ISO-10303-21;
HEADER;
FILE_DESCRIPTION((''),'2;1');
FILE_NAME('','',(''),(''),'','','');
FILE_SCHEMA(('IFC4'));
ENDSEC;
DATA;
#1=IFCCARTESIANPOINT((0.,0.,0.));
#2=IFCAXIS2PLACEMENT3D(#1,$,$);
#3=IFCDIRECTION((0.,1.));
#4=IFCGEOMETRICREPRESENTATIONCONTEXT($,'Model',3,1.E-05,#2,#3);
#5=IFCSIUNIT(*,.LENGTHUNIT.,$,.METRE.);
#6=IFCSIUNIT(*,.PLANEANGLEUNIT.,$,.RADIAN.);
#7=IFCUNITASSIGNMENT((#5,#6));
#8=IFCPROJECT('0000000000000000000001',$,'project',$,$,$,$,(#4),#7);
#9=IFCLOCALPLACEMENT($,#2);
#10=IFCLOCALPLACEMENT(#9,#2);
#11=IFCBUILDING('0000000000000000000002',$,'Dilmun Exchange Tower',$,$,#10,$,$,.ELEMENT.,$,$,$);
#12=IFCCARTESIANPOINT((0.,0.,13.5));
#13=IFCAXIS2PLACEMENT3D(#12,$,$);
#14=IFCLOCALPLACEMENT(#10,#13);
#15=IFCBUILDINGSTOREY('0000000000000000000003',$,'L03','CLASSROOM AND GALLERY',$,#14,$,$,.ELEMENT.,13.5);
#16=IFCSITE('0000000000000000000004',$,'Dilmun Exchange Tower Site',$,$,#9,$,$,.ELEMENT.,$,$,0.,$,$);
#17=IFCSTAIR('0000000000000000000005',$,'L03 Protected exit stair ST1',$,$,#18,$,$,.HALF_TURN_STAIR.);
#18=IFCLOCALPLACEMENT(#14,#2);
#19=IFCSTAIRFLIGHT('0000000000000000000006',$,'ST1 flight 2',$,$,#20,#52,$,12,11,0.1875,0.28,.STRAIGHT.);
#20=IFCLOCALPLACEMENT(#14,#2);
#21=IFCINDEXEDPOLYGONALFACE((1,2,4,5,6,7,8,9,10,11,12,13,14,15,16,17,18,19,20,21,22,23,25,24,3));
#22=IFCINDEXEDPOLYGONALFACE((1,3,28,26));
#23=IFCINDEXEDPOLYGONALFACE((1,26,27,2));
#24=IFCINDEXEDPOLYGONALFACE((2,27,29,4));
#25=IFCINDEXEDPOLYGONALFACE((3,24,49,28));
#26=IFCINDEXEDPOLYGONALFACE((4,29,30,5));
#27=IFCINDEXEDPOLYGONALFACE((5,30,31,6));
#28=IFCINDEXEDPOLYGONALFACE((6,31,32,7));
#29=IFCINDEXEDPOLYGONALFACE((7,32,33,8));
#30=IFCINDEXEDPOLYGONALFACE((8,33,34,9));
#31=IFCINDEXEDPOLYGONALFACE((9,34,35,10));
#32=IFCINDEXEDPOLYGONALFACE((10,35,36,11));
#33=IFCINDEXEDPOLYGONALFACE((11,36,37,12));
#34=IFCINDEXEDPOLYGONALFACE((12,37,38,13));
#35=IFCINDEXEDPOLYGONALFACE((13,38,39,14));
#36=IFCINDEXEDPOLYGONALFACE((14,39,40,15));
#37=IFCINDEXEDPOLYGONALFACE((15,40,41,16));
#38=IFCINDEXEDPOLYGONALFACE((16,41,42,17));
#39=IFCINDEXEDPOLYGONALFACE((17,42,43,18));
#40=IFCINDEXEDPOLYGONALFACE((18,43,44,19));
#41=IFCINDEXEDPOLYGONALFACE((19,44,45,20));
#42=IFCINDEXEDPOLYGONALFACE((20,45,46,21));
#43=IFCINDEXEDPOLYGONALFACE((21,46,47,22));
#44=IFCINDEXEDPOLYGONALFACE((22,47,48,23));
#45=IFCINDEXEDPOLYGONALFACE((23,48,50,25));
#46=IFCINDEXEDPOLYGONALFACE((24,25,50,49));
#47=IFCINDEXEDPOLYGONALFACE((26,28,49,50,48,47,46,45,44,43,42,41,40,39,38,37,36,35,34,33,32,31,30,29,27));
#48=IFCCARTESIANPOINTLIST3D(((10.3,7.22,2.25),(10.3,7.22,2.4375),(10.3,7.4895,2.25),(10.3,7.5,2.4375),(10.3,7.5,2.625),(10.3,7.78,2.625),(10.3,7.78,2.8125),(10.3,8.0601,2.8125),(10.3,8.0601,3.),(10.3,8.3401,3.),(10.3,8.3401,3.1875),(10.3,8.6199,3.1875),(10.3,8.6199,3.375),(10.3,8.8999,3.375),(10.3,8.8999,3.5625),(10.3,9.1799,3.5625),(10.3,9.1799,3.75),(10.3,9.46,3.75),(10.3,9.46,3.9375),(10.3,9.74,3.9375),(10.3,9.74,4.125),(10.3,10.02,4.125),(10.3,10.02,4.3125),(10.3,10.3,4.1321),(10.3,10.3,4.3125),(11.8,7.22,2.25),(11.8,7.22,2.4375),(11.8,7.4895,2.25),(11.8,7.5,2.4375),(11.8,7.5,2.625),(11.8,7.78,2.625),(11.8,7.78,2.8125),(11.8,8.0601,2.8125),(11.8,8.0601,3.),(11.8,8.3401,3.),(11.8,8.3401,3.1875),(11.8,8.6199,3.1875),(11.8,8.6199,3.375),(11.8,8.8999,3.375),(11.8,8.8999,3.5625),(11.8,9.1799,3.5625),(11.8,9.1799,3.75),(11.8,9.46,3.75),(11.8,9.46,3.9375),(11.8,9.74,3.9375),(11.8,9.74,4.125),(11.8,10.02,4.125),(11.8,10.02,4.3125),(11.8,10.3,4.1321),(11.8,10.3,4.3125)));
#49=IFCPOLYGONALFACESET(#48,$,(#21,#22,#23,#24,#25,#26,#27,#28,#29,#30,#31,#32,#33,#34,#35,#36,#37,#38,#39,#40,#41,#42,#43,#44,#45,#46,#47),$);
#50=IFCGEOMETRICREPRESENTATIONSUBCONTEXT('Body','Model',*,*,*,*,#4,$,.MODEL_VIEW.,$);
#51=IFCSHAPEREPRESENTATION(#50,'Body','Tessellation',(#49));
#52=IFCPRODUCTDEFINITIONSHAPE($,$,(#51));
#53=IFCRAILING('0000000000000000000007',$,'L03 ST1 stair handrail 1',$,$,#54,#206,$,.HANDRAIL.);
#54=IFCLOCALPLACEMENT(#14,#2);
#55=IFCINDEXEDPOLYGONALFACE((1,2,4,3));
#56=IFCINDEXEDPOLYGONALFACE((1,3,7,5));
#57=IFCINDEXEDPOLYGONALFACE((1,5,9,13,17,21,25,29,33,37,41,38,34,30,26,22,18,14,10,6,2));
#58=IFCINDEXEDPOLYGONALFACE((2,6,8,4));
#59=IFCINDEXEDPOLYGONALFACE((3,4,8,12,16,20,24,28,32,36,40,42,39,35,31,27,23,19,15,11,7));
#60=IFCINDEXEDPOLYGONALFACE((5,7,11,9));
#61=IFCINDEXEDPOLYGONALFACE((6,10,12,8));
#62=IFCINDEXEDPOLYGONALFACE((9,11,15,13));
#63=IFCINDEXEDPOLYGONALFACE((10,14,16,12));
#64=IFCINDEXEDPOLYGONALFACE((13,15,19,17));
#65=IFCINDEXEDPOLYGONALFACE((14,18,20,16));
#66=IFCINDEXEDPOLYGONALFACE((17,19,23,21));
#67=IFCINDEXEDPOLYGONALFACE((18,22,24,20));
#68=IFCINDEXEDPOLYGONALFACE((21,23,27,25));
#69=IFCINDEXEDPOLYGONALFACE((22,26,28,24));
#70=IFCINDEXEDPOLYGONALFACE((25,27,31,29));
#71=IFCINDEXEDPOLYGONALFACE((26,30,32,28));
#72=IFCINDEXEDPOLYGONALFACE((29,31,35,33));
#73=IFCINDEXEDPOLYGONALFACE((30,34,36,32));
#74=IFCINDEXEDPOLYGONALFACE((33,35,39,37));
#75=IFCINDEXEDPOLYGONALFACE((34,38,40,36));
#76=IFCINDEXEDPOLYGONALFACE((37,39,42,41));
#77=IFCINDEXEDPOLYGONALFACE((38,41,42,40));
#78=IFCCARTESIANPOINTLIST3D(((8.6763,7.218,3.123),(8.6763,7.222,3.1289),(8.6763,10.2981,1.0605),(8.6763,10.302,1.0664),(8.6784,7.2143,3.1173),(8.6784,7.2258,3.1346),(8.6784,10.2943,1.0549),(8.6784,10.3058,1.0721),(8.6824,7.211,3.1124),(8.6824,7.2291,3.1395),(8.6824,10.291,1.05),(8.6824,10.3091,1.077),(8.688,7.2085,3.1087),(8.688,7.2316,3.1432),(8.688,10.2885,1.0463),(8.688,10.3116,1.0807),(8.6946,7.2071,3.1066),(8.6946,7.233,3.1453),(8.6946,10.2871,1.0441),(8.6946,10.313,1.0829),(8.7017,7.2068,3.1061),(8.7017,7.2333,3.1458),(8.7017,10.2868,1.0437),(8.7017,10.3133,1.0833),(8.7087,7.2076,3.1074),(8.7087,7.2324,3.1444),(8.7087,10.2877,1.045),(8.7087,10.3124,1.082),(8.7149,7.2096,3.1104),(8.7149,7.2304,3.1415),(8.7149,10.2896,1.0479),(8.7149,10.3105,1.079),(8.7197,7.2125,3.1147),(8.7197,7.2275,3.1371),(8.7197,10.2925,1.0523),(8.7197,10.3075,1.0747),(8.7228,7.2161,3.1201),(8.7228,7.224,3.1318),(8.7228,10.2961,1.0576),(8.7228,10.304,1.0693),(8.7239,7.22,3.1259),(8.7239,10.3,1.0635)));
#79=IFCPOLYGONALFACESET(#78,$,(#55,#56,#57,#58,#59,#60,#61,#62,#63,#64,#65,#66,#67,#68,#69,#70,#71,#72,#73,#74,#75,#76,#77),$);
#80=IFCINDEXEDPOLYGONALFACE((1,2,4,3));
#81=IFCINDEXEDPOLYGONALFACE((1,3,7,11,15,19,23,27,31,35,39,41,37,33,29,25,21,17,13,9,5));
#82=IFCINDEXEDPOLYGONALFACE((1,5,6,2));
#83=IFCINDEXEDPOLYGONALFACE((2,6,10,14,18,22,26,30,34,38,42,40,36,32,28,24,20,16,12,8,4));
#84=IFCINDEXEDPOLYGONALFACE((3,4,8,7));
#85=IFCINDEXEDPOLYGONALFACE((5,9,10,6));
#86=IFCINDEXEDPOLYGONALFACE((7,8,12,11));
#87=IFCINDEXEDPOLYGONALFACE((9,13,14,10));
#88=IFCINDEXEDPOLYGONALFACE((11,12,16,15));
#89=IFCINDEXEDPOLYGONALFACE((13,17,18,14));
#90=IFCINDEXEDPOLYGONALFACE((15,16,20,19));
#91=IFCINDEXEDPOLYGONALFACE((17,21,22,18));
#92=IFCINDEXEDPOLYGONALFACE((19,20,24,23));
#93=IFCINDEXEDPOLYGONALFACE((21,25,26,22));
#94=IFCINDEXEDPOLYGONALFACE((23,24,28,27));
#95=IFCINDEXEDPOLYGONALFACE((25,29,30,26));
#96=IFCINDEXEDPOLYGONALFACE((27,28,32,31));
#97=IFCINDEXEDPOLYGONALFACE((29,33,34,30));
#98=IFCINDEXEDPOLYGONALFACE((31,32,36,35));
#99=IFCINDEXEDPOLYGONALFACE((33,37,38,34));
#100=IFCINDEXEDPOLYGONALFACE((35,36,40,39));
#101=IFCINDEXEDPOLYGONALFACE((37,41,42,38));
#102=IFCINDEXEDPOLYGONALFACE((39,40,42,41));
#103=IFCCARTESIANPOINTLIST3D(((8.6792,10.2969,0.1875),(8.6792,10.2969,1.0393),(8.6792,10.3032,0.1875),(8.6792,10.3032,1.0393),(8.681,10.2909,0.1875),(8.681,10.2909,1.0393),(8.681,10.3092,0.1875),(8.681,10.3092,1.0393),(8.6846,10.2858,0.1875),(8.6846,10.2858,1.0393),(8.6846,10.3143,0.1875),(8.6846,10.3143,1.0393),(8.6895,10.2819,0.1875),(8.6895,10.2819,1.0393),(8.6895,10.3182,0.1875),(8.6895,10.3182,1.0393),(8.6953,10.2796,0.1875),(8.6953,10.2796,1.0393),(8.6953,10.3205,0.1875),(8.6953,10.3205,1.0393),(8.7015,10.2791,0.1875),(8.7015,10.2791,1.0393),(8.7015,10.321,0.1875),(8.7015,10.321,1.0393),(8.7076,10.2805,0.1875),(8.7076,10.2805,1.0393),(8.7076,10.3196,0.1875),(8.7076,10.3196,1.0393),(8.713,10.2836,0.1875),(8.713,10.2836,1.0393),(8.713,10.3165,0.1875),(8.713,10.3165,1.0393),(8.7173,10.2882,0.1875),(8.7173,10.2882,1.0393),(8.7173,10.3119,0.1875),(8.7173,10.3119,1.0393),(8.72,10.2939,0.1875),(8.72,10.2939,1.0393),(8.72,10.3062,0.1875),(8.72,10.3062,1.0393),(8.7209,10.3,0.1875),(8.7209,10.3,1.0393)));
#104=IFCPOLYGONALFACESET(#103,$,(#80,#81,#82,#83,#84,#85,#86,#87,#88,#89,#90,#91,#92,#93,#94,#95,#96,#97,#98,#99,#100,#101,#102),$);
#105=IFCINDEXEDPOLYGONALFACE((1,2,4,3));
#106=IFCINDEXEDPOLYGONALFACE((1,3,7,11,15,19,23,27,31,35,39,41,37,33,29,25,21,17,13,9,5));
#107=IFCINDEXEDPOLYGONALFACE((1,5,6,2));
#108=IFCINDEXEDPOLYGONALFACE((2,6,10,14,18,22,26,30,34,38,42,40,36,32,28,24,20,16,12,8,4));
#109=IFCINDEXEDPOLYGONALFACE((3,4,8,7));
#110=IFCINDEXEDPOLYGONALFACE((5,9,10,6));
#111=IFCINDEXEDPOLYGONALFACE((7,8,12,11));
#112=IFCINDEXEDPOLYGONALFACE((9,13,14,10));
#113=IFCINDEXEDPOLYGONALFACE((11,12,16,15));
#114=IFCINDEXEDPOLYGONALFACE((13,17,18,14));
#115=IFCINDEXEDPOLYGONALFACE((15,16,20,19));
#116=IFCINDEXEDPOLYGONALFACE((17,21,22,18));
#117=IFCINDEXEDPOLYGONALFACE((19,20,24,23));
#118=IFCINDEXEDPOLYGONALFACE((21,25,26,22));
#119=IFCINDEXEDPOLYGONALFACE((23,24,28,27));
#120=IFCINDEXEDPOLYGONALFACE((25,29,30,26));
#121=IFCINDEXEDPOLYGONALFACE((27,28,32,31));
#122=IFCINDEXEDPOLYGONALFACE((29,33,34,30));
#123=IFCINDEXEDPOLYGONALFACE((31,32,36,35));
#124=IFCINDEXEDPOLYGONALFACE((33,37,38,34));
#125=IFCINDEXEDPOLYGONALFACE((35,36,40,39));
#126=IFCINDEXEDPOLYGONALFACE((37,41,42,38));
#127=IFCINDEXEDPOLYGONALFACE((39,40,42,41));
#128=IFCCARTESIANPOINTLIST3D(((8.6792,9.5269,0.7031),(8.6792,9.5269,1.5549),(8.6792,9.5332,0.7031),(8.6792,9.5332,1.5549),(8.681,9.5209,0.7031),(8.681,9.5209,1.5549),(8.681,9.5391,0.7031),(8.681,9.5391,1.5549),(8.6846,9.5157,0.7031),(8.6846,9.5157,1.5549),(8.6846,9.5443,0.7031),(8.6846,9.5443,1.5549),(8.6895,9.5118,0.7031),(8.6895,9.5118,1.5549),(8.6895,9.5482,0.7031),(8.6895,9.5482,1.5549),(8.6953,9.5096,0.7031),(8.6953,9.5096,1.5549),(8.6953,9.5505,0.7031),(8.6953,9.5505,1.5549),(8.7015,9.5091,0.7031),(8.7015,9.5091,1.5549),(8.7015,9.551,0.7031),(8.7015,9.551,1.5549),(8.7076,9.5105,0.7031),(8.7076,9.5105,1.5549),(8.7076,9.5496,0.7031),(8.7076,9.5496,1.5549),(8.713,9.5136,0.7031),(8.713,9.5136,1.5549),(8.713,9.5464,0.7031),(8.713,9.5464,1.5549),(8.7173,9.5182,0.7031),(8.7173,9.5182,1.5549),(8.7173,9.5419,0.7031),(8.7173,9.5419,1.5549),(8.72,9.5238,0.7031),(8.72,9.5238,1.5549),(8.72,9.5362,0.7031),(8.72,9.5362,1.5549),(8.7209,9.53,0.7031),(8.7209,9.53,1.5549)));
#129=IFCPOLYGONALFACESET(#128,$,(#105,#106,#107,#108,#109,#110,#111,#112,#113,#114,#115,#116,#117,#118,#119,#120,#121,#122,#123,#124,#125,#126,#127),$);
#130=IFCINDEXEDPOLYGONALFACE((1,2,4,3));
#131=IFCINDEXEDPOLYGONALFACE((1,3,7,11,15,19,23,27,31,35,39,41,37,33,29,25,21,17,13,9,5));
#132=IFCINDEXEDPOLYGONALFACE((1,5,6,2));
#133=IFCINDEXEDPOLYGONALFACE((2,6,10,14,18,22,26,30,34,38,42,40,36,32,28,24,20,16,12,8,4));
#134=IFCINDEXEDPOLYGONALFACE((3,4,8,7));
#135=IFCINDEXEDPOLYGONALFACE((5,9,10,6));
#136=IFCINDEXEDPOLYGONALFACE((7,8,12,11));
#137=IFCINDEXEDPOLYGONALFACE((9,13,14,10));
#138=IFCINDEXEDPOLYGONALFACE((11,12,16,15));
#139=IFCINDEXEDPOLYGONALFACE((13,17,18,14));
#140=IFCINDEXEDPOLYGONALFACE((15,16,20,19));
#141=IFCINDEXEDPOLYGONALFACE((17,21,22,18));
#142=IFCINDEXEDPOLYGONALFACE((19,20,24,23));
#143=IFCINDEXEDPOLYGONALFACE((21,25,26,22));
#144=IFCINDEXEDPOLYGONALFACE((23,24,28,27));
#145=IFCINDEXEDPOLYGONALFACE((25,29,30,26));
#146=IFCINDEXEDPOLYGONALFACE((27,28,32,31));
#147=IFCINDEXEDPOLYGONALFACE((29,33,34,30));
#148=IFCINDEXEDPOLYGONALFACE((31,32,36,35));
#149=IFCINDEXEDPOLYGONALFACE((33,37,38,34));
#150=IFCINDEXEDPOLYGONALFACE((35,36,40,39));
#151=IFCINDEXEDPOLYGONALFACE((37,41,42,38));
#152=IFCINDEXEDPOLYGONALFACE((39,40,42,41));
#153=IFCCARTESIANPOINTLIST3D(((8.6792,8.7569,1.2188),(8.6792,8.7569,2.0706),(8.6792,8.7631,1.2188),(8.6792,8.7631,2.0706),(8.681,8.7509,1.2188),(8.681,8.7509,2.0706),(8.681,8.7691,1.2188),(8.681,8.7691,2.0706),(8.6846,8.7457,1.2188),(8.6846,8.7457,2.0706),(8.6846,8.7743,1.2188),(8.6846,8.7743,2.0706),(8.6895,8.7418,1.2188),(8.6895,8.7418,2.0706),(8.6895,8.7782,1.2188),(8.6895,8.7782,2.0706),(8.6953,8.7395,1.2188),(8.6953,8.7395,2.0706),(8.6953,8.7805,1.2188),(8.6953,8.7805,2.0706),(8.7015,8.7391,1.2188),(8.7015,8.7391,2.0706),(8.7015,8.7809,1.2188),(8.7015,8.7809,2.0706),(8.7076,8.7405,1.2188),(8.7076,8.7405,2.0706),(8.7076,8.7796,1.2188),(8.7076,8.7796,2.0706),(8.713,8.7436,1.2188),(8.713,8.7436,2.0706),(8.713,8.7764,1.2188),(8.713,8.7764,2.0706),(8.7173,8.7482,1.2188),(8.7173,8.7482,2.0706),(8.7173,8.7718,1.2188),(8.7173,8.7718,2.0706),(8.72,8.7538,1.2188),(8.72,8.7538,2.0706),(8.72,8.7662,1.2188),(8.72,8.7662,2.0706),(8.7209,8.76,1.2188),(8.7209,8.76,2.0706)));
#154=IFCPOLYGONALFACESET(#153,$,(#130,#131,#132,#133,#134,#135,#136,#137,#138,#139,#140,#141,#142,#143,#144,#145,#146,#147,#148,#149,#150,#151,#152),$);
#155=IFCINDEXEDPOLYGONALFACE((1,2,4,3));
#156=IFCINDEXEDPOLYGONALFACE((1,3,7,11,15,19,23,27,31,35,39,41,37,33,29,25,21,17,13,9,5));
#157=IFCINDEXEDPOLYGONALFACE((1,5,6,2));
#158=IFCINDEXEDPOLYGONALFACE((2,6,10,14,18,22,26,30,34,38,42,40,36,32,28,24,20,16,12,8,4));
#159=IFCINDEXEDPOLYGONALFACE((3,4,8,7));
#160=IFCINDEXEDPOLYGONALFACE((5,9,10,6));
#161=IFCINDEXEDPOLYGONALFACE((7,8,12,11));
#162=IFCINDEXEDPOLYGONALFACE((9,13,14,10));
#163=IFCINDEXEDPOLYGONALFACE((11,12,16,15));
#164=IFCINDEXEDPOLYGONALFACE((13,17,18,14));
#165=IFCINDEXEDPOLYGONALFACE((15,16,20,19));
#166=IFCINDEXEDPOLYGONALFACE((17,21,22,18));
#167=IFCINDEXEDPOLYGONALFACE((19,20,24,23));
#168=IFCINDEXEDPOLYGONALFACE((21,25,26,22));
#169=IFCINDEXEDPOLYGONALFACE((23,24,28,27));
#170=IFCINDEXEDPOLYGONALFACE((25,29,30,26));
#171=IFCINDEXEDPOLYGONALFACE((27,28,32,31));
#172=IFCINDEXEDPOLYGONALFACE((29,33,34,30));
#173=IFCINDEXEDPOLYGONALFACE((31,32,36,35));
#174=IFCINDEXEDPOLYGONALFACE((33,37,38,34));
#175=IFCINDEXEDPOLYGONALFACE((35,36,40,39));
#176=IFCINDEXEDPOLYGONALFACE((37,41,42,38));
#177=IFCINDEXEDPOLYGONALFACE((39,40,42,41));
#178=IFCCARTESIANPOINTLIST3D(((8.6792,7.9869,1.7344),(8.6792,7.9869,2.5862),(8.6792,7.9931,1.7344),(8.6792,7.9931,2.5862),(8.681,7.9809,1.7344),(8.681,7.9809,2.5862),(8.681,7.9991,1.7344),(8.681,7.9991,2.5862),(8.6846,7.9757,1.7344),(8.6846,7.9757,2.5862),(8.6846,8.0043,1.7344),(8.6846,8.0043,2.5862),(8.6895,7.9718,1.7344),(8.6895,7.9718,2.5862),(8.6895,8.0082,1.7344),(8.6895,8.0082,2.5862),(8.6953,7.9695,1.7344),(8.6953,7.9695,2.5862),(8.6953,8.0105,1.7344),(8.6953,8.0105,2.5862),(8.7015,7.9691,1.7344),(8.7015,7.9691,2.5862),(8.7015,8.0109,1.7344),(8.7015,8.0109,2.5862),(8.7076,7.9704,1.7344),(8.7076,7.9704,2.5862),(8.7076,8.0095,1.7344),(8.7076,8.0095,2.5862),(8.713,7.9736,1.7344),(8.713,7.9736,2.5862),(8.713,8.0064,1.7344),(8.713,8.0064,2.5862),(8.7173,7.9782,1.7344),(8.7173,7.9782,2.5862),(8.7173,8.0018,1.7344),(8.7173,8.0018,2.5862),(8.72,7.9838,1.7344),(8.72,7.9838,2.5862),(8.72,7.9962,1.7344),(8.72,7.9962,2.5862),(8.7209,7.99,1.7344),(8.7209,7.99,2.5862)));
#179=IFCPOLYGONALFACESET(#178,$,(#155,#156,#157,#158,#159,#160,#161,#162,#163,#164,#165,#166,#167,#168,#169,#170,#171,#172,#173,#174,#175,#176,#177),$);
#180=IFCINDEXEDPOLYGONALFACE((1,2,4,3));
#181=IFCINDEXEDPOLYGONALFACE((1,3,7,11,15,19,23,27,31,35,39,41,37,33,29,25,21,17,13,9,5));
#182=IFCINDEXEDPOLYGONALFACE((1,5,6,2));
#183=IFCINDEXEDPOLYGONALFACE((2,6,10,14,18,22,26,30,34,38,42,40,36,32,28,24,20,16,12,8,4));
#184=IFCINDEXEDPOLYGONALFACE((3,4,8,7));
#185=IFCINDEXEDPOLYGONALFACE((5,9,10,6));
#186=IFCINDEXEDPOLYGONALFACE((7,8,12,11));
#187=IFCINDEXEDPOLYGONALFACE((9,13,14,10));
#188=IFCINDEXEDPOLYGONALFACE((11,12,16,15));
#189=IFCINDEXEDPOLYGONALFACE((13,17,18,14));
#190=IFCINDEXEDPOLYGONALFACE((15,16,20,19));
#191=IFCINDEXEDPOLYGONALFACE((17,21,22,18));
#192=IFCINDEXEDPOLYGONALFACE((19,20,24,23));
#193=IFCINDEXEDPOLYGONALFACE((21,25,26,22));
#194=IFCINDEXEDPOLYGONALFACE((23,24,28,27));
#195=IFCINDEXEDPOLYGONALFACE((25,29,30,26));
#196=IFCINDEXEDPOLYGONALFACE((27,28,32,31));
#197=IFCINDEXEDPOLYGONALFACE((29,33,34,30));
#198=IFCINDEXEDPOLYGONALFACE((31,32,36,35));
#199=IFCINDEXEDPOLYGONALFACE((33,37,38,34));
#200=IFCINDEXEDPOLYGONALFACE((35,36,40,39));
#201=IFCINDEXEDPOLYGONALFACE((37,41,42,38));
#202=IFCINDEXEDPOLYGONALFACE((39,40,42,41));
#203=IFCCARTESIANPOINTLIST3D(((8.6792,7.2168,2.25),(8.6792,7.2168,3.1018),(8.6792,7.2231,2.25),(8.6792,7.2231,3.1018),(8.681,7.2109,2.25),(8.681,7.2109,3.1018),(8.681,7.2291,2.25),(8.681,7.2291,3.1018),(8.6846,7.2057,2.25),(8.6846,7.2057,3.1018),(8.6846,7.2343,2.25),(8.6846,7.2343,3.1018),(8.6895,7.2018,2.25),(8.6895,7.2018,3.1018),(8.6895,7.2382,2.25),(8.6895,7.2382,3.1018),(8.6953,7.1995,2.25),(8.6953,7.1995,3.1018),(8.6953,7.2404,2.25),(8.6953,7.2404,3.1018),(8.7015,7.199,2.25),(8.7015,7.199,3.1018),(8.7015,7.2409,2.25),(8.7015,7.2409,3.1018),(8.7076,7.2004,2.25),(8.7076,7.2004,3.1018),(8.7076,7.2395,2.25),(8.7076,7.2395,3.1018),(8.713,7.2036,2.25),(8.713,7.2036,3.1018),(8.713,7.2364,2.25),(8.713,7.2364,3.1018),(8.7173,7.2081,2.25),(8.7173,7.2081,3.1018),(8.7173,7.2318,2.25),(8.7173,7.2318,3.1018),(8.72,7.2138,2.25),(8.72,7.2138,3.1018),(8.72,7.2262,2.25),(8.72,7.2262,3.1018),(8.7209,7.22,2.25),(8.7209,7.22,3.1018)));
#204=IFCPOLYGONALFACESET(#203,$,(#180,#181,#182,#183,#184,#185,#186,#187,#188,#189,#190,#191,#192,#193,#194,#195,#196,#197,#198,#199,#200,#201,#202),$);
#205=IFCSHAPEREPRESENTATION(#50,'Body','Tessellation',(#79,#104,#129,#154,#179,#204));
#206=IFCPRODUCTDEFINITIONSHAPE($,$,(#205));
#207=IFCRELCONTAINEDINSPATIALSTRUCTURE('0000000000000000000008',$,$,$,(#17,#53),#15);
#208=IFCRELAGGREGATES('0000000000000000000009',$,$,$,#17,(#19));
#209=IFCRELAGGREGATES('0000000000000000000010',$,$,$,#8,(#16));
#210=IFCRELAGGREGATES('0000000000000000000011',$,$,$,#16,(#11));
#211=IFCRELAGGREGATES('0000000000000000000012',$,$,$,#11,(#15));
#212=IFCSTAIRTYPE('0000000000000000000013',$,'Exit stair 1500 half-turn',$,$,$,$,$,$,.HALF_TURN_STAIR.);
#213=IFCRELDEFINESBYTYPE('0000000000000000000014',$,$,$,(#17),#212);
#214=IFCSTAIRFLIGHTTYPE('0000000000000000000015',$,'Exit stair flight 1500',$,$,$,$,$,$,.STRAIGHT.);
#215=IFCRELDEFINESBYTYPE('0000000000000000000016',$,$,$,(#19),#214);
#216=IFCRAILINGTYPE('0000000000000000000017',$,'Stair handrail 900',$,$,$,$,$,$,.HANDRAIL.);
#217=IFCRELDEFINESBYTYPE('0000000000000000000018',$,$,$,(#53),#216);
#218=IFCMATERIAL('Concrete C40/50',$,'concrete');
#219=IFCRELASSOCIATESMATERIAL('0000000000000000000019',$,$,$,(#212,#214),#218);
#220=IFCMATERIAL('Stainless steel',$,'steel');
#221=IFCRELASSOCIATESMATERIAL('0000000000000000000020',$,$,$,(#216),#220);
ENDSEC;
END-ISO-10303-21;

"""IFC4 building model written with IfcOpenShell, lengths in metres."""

from ifc_helpers import new_model, si_unit, direction, frame, origin, origin_2d, place, context, subcontext, project, spatial, polyline, circle, outline, extrude, material, type_object, element, aggregate, save


model = new_model("IFC4")

# Units and contexts
model_context = context("Model", 3, precision=1e-05, world=origin(), true_north=direction((0.0, 1.0)))
body_context = subcontext(model_context, "Body", "Model", "MODEL_VIEW")
ifc_project = project(units=[si_unit("LENGTHUNIT", "METRE"), si_unit("PLANEANGLEUNIT", "RADIAN")], contexts=[model_context])

# Site, building, storey
site_placement = place(None, origin())
site = spatial("IfcSite", under=ifc_project, at=site_placement, Name="Dilmun Exchange Tower Site", CompositionType="ELEMENT", RefElevation=0.0)
building_placement = place(site_placement, origin())
building = spatial("IfcBuilding", under=site, at=building_placement, Name="Dilmun Exchange Tower", CompositionType="ELEMENT")
storey_placement = place(building_placement, frame((0.0, 0.0, 13.5)))
storey = spatial("IfcBuildingStorey", under=building, at=storey_placement, Name="L03", Description="CLASSROOM AND GALLERY", CompositionType="ELEMENT", Elevation=13.5)

# Shared definitions
ifc_material_1 = material(Name="Concrete C40/50", Category="concrete")

# Stair, stair flight
stair_type_1 = type_object("IfcStairType", Name="Exit stair 1500 half-turn", PredefinedType="HALF_TURN_STAIR", material=ifc_material_1)
stair_1_placement = place(storey_placement, origin())
stair_1 = element("IfcStair", 1, at=stair_1_placement, inside=storey, type_object=stair_type_1, Name="L03 Protected exit stair ST1", PredefinedType="HALF_TURN_STAIR")
stair_flight_type = type_object("IfcStairFlightType", Name="Exit stair flight 1500", PredefinedType="STRAIGHT", material=ifc_material_1)
stair_flight_1_placement = place(storey_placement, frame((11.05, 7.22, 2.25), z_axis=(0.0, 0.0, 1.0), x_axis=(0.0, 1.0, 0.0)))
stair_flight_1 = element("IfcStairFlight", 2, at=stair_flight_1_placement, type_object=stair_flight_type, Name="ST1 flight 2", NumberOfRisers=12, NumberOfTreads=11, PredefinedType="STRAIGHT", RiserHeight=0.1875, TreadLength=0.28, context=body_context, shape_type="SweptSolid", body=[
    extrude(outline(polyline([(0.0, 0.0), (0.0, 0.1875), (0.28, 0.1875), (0.28, 0.375), (0.5601, 0.375), (0.5601, 0.5625), (0.8401, 0.5625), (0.8401, 0.75), (1.1201, 0.75), (1.1201, 0.9375), (1.3999, 0.9375), (1.3999, 1.125), (1.6799, 1.125), (1.6799, 1.3125), (1.96, 1.3125), (1.96, 1.5), (2.24, 1.5), (2.24, 1.6875), (2.52, 1.6875), (2.52, 1.875), (2.8, 1.875), (2.8, 2.0625), (3.0801, 2.0625), (3.0801, 2.25), (3.0801, 1.8821), (0.2695, 0.0), (0.0, 0.0)])), frame((0.0, 0.75, 0.0), z_axis=(0.0, -1.0, 0.0), x_axis=(1.0, 0.0, 0.0)), (0.0, 0.0, 1.0), 1.5),
])
aggregate(stair_1, [stair_flight_1])

# Railing
ifc_material_2 = material(Name="Stainless steel", Category="steel")
railing_type = type_object("IfcRailingType", Name="Stair handrail 900", PredefinedType="HANDRAIL", material=ifc_material_2)
railing_1_placement = place(storey_placement, frame((8.7, 10.3, 0.1875)))
element("IfcRailing", 3, at=railing_1_placement, inside=storey, type_object=railing_type, Name="L03 ST1 stair handrail 1", PredefinedType="HANDRAIL", context=body_context, shape_type="SweptSolid", body=[
    extrude(circle(Radius=0.0239, at=origin_2d()), frame((0.0, 0.0, 0.876), z_axis=(0.0, -0.830914, 0.556401), x_axis=(1.0, 0.0, 0.0)), (0.0, 0.0, 1.0), 3.7068),
    extrude(circle(Radius=0.021, at=origin_2d()), origin(), (0.0, 0.0, 1.0), 0.8518),
    extrude(circle(Radius=0.021, at=origin_2d()), frame((0.0, -0.77, 0.5156)), (0.0, 0.0, 1.0), 0.8518),
    extrude(circle(Radius=0.021, at=origin_2d()), frame((0.0, -1.54, 1.0312)), (0.0, 0.0, 1.0), 0.8518),
    extrude(circle(Radius=0.021, at=origin_2d()), frame((0.0, -2.3101, 1.5469)), (0.0, 0.0, 1.0), 0.8518),
    extrude(circle(Radius=0.021, at=origin_2d()), frame((0.0, -3.0801, 2.0625)), (0.0, 0.0, 1.0), 0.8518),
])

save(model, "model.ifc")
